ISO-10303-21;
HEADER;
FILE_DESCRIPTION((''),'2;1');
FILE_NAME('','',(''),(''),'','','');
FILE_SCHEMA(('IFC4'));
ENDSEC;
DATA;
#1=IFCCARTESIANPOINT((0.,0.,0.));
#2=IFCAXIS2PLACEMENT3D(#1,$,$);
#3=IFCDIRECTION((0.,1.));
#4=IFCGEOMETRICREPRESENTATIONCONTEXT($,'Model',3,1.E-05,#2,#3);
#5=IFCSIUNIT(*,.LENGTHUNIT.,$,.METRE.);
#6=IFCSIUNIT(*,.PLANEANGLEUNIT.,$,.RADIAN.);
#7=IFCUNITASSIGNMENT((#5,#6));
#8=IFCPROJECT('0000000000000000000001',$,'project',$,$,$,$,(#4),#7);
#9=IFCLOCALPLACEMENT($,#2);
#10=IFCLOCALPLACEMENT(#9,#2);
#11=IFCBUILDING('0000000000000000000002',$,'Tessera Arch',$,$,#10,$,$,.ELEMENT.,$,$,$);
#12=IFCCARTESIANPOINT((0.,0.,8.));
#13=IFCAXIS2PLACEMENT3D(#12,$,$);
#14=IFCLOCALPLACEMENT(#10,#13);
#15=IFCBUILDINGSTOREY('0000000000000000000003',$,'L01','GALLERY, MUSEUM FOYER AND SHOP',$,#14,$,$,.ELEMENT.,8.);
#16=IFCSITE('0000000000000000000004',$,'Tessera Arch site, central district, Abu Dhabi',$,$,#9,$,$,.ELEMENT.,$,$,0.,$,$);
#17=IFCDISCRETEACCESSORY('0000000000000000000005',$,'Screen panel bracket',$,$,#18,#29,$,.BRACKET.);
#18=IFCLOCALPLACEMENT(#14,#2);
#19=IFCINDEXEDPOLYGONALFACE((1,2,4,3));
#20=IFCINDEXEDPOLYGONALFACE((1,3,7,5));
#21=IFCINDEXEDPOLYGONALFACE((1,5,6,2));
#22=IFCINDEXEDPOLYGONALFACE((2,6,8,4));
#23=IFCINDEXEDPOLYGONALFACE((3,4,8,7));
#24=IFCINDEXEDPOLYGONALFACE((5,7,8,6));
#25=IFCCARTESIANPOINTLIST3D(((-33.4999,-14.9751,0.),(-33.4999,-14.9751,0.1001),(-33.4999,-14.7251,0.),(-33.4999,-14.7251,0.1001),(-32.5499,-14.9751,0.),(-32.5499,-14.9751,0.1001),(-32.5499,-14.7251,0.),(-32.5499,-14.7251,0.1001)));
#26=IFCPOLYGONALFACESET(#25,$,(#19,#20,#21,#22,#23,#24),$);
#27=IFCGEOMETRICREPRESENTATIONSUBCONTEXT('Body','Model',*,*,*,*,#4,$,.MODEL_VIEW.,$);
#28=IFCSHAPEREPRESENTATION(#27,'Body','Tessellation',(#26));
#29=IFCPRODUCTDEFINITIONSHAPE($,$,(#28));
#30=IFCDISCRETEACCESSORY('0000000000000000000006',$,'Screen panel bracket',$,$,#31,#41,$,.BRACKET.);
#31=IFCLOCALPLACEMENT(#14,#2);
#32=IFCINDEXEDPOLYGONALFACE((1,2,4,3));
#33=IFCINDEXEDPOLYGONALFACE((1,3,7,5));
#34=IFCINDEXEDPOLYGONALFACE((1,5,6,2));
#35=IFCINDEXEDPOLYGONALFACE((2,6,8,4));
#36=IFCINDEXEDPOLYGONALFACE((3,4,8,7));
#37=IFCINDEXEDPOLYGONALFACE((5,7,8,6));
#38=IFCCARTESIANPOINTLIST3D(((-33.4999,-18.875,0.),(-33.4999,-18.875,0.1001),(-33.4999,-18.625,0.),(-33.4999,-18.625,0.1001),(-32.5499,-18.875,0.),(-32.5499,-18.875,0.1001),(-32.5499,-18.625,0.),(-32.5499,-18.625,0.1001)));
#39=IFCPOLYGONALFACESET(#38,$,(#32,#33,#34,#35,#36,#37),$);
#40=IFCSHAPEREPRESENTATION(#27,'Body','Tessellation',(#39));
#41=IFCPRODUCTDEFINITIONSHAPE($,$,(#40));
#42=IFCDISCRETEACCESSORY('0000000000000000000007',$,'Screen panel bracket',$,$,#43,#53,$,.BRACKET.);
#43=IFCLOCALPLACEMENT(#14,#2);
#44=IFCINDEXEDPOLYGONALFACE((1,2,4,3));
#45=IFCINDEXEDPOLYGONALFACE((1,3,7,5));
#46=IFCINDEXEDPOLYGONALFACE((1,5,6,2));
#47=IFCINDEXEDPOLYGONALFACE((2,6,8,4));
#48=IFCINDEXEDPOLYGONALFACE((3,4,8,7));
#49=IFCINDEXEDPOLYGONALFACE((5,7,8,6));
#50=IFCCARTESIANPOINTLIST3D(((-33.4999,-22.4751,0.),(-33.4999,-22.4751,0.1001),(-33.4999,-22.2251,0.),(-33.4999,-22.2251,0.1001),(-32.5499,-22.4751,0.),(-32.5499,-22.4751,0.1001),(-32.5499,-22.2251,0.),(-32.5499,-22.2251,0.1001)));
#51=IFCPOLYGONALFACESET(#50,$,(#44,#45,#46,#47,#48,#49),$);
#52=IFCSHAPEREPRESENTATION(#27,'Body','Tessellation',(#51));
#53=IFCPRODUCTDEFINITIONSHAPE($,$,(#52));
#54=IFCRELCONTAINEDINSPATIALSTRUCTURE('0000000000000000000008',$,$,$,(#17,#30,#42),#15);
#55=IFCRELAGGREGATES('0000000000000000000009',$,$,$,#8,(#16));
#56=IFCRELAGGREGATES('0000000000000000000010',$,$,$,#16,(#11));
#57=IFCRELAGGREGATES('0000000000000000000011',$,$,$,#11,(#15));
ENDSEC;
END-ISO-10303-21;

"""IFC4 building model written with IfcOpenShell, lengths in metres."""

from ifc_helpers import new_model, si_unit, direction, frame, origin, origin_2d, place, context, subcontext, project, spatial, rectangle, extrude, element, save


model = new_model("IFC4")

# Units and contexts
model_context = context("Model", 3, precision=1e-05, world=origin(), true_north=direction((0.0, 1.0)))
body_context = subcontext(model_context, "Body", "Model", "MODEL_VIEW")
ifc_project = project(units=[si_unit("LENGTHUNIT", "METRE"), si_unit("PLANEANGLEUNIT", "RADIAN")], contexts=[model_context])

# Site, building, storey
site_placement = place(None, origin())
site = spatial("IfcSite", under=ifc_project, at=site_placement, Name="Tessera Arch site, central district, Abu Dhabi", CompositionType="ELEMENT", RefElevation=0.0)
building_placement = place(site_placement, origin())
building = spatial("IfcBuilding", under=site, at=building_placement, Name="Tessera Arch", CompositionType="ELEMENT")
storey_placement = place(building_placement, frame((0.0, 0.0, 8.0)))
storey = spatial("IfcBuildingStorey", under=building, at=storey_placement, Name="L01", Description="GALLERY, MUSEUM FOYER AND SHOP", CompositionType="ELEMENT", Elevation=8.0)

# Discrete accessories
for number, where, z_axis, x_axis, name in (
    (1, (-33.0249, -14.8501, 0.0), (0.0, 0.0, 1.0), (-1.0, 0.0, 0.0), "Screen panel bracket"),
    (2, (-33.0249, -18.75, 0.0), (0.0, 0.0, 1.0), (-1.0, 0.0, 0.0), "Screen panel bracket"),
    (3, (-33.0249, -22.3501, 0.0), (0.0, 0.0, 1.0), (-1.0, 0.0, 0.0), "Screen panel bracket"),
):
    element("IfcDiscreteAccessory", number, at=place(storey_placement, frame(where, z_axis=z_axis, x_axis=x_axis)), inside=storey, Name=name, PredefinedType="BRACKET", context=body_context, shape_type="SweptSolid", body=[
        extrude(rectangle(XDim=0.95, YDim=0.25, at=origin_2d()), origin(), (0.0, 0.0, 1.0), 0.1001),
    ])

save(model, "model.ifc")
